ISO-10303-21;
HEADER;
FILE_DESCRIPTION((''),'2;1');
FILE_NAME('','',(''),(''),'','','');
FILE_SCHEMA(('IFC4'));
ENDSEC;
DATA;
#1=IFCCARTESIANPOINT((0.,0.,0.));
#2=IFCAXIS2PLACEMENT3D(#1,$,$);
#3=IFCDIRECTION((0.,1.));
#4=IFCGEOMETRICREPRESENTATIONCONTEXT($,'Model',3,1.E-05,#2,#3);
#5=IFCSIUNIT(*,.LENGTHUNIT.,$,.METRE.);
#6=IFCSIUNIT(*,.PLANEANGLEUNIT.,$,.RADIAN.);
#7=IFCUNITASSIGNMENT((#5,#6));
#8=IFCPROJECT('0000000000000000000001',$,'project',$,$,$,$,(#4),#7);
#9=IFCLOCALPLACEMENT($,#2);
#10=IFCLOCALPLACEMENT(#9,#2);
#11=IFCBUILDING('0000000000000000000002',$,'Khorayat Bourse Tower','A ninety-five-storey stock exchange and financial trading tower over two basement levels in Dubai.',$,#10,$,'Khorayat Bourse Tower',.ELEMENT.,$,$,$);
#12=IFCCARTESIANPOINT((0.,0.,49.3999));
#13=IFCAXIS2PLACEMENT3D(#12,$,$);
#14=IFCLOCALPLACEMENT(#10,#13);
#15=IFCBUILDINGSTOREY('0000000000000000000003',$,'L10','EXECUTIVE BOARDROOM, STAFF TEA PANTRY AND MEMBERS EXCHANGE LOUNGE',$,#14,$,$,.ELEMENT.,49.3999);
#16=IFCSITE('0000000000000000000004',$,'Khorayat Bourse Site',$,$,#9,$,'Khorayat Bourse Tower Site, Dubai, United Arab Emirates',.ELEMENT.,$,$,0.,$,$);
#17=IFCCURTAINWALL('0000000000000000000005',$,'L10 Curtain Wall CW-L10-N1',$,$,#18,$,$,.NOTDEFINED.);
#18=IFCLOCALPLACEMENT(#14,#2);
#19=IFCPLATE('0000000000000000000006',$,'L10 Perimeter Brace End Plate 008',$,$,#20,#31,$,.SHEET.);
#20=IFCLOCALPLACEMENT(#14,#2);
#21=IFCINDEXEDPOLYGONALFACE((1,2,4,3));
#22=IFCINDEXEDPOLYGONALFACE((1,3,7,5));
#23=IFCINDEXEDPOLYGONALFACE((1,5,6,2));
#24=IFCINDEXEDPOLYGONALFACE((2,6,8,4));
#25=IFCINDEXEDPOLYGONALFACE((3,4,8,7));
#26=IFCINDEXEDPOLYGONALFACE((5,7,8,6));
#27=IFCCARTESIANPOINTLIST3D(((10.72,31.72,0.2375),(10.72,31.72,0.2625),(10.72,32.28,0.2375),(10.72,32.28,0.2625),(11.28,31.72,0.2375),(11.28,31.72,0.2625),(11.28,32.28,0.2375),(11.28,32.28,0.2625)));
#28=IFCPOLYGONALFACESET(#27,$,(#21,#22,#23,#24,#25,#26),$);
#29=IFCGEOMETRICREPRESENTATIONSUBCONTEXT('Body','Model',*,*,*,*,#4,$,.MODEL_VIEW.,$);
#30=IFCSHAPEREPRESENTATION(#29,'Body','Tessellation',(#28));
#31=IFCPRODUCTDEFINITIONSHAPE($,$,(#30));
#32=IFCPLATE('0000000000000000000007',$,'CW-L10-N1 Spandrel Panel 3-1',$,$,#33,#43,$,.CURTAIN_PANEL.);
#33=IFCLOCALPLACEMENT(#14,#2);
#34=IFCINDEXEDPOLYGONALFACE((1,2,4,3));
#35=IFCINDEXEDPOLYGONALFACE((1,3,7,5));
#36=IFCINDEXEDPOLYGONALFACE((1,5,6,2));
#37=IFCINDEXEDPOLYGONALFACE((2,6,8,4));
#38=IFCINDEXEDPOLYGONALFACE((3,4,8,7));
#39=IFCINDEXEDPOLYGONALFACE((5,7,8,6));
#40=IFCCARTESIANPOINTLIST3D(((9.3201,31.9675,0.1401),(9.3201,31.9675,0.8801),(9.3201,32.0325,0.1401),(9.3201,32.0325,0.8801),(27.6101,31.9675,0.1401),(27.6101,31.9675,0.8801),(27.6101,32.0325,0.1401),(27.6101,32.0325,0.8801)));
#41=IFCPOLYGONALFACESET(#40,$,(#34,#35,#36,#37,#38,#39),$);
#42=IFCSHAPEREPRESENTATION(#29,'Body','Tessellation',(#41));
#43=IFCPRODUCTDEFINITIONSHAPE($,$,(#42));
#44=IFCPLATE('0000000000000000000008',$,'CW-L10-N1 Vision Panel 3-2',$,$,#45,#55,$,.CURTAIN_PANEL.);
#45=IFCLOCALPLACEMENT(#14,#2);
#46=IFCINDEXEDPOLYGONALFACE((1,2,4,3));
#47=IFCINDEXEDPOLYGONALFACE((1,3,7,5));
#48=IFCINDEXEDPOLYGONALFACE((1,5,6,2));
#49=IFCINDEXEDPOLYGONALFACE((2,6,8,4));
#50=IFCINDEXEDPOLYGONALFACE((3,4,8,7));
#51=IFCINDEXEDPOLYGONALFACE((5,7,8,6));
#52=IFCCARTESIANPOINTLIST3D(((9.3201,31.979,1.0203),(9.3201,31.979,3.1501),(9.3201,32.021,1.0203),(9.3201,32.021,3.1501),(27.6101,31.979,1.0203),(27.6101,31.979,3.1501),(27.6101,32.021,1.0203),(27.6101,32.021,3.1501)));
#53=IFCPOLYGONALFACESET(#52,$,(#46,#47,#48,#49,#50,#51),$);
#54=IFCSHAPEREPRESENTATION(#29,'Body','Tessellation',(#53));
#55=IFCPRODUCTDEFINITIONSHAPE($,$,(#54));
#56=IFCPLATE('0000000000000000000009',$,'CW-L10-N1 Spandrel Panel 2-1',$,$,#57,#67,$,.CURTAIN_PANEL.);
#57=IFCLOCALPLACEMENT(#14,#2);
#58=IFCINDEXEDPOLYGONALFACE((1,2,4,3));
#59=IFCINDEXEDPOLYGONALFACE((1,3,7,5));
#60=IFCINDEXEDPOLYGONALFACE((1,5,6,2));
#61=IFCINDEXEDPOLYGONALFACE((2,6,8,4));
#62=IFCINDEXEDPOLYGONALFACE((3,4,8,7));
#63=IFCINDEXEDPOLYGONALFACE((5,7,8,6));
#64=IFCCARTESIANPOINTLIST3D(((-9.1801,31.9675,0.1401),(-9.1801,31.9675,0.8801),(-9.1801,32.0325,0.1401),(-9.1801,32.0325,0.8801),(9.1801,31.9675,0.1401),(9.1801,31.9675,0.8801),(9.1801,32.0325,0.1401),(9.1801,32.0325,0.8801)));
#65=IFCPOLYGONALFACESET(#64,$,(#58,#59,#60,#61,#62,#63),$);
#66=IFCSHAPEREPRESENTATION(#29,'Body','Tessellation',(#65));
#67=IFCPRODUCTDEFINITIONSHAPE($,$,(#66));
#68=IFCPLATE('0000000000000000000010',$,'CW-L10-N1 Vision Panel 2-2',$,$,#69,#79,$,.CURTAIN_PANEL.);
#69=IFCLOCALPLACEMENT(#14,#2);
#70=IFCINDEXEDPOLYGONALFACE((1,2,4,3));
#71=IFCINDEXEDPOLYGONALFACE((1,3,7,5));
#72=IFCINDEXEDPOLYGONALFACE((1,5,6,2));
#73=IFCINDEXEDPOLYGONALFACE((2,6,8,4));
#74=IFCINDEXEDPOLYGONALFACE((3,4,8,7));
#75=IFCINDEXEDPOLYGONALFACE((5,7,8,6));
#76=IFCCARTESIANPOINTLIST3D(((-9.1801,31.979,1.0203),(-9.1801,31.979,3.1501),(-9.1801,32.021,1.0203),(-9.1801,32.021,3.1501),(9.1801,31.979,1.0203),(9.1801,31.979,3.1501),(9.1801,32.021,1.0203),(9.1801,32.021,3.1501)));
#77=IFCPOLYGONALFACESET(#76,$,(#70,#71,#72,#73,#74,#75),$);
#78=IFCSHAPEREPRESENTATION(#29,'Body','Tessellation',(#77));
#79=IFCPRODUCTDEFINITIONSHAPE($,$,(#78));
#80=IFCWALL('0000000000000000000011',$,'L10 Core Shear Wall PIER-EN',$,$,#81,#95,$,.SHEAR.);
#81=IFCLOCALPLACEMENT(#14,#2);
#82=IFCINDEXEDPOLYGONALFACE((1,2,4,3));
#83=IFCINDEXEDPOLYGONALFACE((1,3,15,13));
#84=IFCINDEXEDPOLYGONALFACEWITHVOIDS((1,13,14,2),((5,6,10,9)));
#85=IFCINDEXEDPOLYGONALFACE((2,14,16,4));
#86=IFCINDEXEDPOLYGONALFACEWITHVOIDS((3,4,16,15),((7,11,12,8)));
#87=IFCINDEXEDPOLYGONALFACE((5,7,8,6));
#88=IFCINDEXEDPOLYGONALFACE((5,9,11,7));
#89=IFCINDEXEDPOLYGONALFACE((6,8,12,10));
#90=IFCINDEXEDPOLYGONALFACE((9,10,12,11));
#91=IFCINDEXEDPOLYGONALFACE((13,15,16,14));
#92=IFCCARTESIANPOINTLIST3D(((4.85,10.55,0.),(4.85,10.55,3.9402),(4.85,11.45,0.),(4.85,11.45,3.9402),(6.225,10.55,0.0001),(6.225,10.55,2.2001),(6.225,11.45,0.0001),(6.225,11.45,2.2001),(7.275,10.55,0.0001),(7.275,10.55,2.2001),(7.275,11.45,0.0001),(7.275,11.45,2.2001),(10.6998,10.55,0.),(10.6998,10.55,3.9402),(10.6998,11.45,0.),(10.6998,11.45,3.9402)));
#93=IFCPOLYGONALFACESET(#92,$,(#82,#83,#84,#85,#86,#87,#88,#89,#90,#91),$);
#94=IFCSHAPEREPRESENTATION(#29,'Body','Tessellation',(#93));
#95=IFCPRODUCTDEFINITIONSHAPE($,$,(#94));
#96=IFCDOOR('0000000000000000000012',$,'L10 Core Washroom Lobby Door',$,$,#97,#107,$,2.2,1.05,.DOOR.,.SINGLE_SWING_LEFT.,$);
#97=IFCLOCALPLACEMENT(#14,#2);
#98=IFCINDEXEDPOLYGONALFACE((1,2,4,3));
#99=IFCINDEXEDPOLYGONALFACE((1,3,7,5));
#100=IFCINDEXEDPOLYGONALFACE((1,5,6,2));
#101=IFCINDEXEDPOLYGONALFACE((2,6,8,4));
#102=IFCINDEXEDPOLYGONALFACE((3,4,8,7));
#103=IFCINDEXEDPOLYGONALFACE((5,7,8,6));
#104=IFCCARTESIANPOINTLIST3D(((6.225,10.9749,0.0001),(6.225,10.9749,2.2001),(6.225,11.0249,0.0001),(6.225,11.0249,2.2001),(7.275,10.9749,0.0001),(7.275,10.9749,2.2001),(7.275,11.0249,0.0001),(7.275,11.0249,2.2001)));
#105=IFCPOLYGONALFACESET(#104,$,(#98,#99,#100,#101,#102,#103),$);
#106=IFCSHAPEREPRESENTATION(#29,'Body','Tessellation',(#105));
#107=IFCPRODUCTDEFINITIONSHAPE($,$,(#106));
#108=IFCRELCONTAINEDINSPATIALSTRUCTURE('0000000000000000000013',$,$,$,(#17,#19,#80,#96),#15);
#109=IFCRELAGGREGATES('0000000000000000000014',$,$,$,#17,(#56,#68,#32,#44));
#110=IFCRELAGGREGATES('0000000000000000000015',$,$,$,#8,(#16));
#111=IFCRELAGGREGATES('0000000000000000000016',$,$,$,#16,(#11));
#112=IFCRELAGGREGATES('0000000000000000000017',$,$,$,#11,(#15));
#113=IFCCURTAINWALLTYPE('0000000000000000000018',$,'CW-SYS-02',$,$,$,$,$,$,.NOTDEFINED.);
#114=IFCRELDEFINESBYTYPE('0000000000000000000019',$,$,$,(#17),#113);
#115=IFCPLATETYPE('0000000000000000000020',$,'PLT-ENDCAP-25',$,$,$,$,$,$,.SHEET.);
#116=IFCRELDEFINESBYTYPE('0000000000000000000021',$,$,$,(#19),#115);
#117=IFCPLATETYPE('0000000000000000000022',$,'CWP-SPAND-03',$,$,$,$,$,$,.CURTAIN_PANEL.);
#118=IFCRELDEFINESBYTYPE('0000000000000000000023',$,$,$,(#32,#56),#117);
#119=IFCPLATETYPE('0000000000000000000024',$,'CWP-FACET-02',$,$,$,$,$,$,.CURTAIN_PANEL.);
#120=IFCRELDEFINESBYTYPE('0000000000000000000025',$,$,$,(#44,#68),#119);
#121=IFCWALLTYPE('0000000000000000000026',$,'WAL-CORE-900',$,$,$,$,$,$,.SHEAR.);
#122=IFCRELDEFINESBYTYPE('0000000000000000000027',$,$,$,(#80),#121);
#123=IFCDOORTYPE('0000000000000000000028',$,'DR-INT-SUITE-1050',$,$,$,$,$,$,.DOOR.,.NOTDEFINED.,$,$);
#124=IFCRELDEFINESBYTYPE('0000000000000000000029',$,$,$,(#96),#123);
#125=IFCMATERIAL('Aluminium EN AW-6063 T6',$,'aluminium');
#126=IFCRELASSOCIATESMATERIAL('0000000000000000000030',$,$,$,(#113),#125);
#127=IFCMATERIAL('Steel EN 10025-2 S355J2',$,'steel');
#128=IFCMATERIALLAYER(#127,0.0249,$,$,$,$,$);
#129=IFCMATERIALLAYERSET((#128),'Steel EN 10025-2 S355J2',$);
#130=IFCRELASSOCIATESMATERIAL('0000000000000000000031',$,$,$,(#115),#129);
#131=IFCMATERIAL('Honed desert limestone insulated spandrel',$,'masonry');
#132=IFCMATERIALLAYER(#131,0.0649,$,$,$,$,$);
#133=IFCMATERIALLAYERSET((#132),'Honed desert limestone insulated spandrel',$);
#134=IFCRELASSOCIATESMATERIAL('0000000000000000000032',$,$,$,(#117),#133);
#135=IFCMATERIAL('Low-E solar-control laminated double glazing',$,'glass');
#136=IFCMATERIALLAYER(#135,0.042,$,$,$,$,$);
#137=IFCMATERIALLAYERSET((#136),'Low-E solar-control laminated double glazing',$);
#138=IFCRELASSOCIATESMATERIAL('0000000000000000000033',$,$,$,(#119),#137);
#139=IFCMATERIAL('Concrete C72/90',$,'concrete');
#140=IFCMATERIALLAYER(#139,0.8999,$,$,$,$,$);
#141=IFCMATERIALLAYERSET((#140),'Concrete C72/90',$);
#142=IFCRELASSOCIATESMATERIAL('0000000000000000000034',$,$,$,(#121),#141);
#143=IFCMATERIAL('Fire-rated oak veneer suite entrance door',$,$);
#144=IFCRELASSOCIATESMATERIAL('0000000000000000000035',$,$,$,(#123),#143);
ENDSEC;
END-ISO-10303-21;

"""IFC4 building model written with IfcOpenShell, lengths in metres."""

from ifc_helpers import new_model, si_unit, direction, frame, frame_2d, origin, origin_2d, place, context, subcontext, project, spatial, rectangle, extrude, source, transform, mapped, material, layer, layer_set, type_object, element, fill, aggregate, save


model = new_model("IFC4")

# Units and contexts
model_context = context("Model", 3, precision=1e-05, world=origin(), true_north=direction((0.0, 1.0)))
body_context = subcontext(model_context, "Body", "Model", "MODEL_VIEW")
ifc_project = project(units=[si_unit("LENGTHUNIT", "METRE"), si_unit("PLANEANGLEUNIT", "RADIAN")], contexts=[model_context])

# Site, building, storey
site_placement = place(None, origin())
site = spatial("IfcSite", under=ifc_project, at=site_placement, Name="Khorayat Bourse Site", LongName="Khorayat Bourse Tower Site, Dubai, United Arab Emirates", CompositionType="ELEMENT", RefElevation=0.0)
building_placement = place(site_placement, origin())
building = spatial("IfcBuilding", under=site, at=building_placement, Name="Khorayat Bourse Tower", Description="A ninety-five-storey stock exchange and financial trading tower over two basement levels in Dubai.", LongName="Khorayat Bourse Tower", CompositionType="ELEMENT")
storey_placement = place(building_placement, frame((0.0, 0.0, 49.3999)))
storey = spatial("IfcBuildingStorey", under=building, at=storey_placement, Name="L10", Description="EXECUTIVE BOARDROOM, STAFF TEA PANTRY AND MEMBERS EXCHANGE LOUNGE", CompositionType="ELEMENT", Elevation=49.3999)

# Shared definitions
ifc_material_1 = material(Name="Concrete C72/90", Category="concrete")

# Curtain wall
ifc_material_2 = material(Name="Aluminium EN AW-6063 T6", Category="aluminium")
curtain_wall_type = type_object("IfcCurtainWallType", Name="CW-SYS-02", PredefinedType="NOTDEFINED", material=ifc_material_2)
curtain_wall_placement = place(storey_placement, origin())
curtain_wall = element("IfcCurtainWall", 1, at=curtain_wall_placement, inside=storey, type_object=curtain_wall_type, Name="L10 Curtain Wall CW-L10-N1", PredefinedType="NOTDEFINED")

# Plate
ifc_material_3 = material(Name="Steel EN 10025-2 S355J2", Category="steel")
ifc_layer_1 = layer(ifc_material_3, 0.0249)
ifc_layer_set_1 = layer_set([ifc_layer_1], Name="Steel EN 10025-2 S355J2")
plate_type_1 = type_object("IfcPlateType", Name="PLT-ENDCAP-25", PredefinedType="SHEET", material=ifc_layer_set_1)
shared_shape_1 = source(origin(), body_context, "Body", "SweptSolid", [
    extrude(rectangle(XDim=0.5601, YDim=0.5601, at=origin_2d()), origin(), (0.0, 0.0, 1.0), 0.0249),
])
for number, where, z_axis, x_axis, name in (
    (2, (11.0, 32.0, 0.2375), (0.0, 0.0, 1.0), (1.0, 0.0, 0.0), "L10 Perimeter Brace End Plate 008"),
):
    element("IfcPlate", number, at=place(storey_placement, frame(where, z_axis=z_axis, x_axis=x_axis)), inside=storey, type_object=plate_type_1, Name=name, PredefinedType="SHEET", context=body_context, shape_type="MappedRepresentation", body=[
        mapped(shared_shape_1, transform((0.0, 0.0, 0.0), scale=1.0)),
    ])

# Plates
ifc_material_4 = material(Name="Honed desert limestone insulated spandrel", Category="masonry")
ifc_layer_2 = layer(ifc_material_4, 0.0649)
ifc_layer_set_2 = layer_set([ifc_layer_2], Name="Honed desert limestone insulated spandrel")
plate_type_2 = type_object("IfcPlateType", Name="CWP-SPAND-03", PredefinedType="CURTAIN_PANEL", material=ifc_layer_set_2)
shared_shape_2 = source(origin(), body_context, "Body", "SweptSolid", [
    extrude(rectangle(XDim=18.29, YDim=0.0649, at=origin_2d()), origin(), (0.0, 0.0, 1.0), 0.74),
])
plate_1_placement = place(storey_placement, frame((18.4651, 32.0, 0.1401), z_axis=(0.0, 0.0, 1.0), x_axis=(1.0, 0.0, 0.0)))
plate_1 = element("IfcPlate", 3, at=plate_1_placement, type_object=plate_type_2, Name="CW-L10-N1 Spandrel Panel 3-1", PredefinedType="CURTAIN_PANEL", context=body_context, shape_type="MappedRepresentation", body=[
    mapped(shared_shape_2, transform((0.0, 0.0, 0.0), scale=1.0)),
])
ifc_material_5 = material(Name="Low-E solar-control laminated double glazing", Category="glass")
ifc_layer_3 = layer(ifc_material_5, 0.042)
ifc_layer_set_3 = layer_set([ifc_layer_3], Name="Low-E solar-control laminated double glazing")
plate_type_3 = type_object("IfcPlateType", Name="CWP-FACET-02", PredefinedType="CURTAIN_PANEL", material=ifc_layer_set_3)
shared_shape_3 = source(origin(), body_context, "Body", "SweptSolid", [
    extrude(rectangle(XDim=18.29, YDim=0.042, at=origin_2d()), origin(), (0.0, 0.0, 1.0), 2.1299),
])
plate_2_placement = place(storey_placement, frame((18.4651, 32.0, 1.0203), z_axis=(0.0, 0.0, 1.0), x_axis=(1.0, 0.0, 0.0)))
plate_2 = element("IfcPlate", 4, at=plate_2_placement, type_object=plate_type_3, Name="CW-L10-N1 Vision Panel 3-2", PredefinedType="CURTAIN_PANEL", context=body_context, shape_type="MappedRepresentation", body=[
    mapped(shared_shape_3, transform((0.0, 0.0, 0.0), scale=1.0)),
])
shared_shape_4 = source(origin(), body_context, "Body", "SweptSolid", [
    extrude(rectangle(XDim=18.3601, YDim=0.0649, at=origin_2d()), origin(), (0.0, 0.0, 1.0), 0.74),
])
plate_3_placement = place(storey_placement, frame((0.0, 32.0, 0.1401), z_axis=(0.0, 0.0, 1.0), x_axis=(1.0, 0.0, 0.0)))
plate_3 = element("IfcPlate", 5, at=plate_3_placement, type_object=plate_type_2, Name="CW-L10-N1 Spandrel Panel 2-1", PredefinedType="CURTAIN_PANEL", context=body_context, shape_type="MappedRepresentation", body=[
    mapped(shared_shape_4, transform((0.0, 0.0, 0.0), scale=1.0)),
])
shared_shape_5 = source(origin(), body_context, "Body", "SweptSolid", [
    extrude(rectangle(XDim=18.3601, YDim=0.042, at=origin_2d()), origin(), (0.0, 0.0, 1.0), 2.1299),
])
plate_4_placement = place(storey_placement, frame((0.0, 32.0, 1.0203), z_axis=(0.0, 0.0, 1.0), x_axis=(1.0, 0.0, 0.0)))
plate_4 = element("IfcPlate", 6, at=plate_4_placement, type_object=plate_type_3, Name="CW-L10-N1 Vision Panel 2-2", PredefinedType="CURTAIN_PANEL", context=body_context, shape_type="MappedRepresentation", body=[
    mapped(shared_shape_5, transform((0.0, 0.0, 0.0), scale=1.0)),
])
aggregate(curtain_wall, [plate_3, plate_4, plate_1, plate_2])

# Wall, opening, door
ifc_layer_4 = layer(ifc_material_1, 0.8999)
ifc_layer_set_4 = layer_set([ifc_layer_4], Name="Concrete C72/90")
wall_type = type_object("IfcWallType", Name="WAL-CORE-900", PredefinedType="SHEAR", material=ifc_layer_set_4)
shared_shape_6 = source(origin(), body_context, "Body", "SweptSolid", [
    extrude(rectangle(XDim=5.8499, YDim=0.8999, at=frame_2d((2.9248, 0.0))), origin(), (0.0, 0.0, 1.0), 3.9402),
])
wall_placement = place(storey_placement, frame((4.8501, 11.0, 0.0), z_axis=(0.0, 0.0, 1.0), x_axis=(1.0, 0.0, 0.0)))
wall = element("IfcWall", 7, at=wall_placement, inside=storey, type_object=wall_type, Name="L10 Core Shear Wall PIER-EN", PredefinedType="SHEAR", context=body_context, shape_type="MappedRepresentation", body=[
    mapped(shared_shape_6, transform((0.0, 0.0, 0.0), scale=1.0)),
])
shared_shape_7 = source(origin(), body_context, "Body", "SweptSolid", [
    extrude(rectangle(XDim=1.05, YDim=2.2, at=frame_2d((0.5249, 1.1001))), frame((0.0, 0.46, 0.0), z_axis=(0.0, -1.0, 0.0), x_axis=(1.0, 0.0, 0.0)), (0.0, 0.0, 1.0), 0.9199),
])
opening_placement = place(wall_placement, frame((1.375, 0.0, 0.0)))
opening = element("IfcOpeningElement", 8, at=opening_placement, cuts=wall, PredefinedType="OPENING", context=body_context, shape_type="MappedRepresentation", body=[
    mapped(shared_shape_7, transform((0.0, 0.0, 0.0), scale=1.0)),
])
ifc_material_6 = material(Name="Fire-rated oak veneer suite entrance door")
door_type = type_object("IfcDoorType", Name="DR-INT-SUITE-1050", OperationType="NOTDEFINED", PredefinedType="DOOR", material=ifc_material_6)
shared_shape_8 = source(origin(), body_context, "Body", "SweptSolid", [
    extrude(rectangle(XDim=1.05, YDim=2.2, at=frame_2d((0.5249, 1.1001))), frame((0.0, 0.0249, 0.0), z_axis=(0.0, -1.0, 0.0), x_axis=(1.0, 0.0, 0.0)), (0.0, 0.0, 1.0), 0.05),
])
door_placement = place(opening_placement, origin())
door = element("IfcDoor", 9, at=door_placement, inside=storey, type_object=door_type, Name="L10 Core Washroom Lobby Door", OperationType="SINGLE_SWING_LEFT", OverallHeight=2.2, OverallWidth=1.05, PredefinedType="DOOR", context=body_context, shape_type="MappedRepresentation", body=[
    mapped(shared_shape_8, transform((0.0, 0.0, 0.0), scale=1.0)),
])
fill(opening, door)

save(model, "model.ifc")
